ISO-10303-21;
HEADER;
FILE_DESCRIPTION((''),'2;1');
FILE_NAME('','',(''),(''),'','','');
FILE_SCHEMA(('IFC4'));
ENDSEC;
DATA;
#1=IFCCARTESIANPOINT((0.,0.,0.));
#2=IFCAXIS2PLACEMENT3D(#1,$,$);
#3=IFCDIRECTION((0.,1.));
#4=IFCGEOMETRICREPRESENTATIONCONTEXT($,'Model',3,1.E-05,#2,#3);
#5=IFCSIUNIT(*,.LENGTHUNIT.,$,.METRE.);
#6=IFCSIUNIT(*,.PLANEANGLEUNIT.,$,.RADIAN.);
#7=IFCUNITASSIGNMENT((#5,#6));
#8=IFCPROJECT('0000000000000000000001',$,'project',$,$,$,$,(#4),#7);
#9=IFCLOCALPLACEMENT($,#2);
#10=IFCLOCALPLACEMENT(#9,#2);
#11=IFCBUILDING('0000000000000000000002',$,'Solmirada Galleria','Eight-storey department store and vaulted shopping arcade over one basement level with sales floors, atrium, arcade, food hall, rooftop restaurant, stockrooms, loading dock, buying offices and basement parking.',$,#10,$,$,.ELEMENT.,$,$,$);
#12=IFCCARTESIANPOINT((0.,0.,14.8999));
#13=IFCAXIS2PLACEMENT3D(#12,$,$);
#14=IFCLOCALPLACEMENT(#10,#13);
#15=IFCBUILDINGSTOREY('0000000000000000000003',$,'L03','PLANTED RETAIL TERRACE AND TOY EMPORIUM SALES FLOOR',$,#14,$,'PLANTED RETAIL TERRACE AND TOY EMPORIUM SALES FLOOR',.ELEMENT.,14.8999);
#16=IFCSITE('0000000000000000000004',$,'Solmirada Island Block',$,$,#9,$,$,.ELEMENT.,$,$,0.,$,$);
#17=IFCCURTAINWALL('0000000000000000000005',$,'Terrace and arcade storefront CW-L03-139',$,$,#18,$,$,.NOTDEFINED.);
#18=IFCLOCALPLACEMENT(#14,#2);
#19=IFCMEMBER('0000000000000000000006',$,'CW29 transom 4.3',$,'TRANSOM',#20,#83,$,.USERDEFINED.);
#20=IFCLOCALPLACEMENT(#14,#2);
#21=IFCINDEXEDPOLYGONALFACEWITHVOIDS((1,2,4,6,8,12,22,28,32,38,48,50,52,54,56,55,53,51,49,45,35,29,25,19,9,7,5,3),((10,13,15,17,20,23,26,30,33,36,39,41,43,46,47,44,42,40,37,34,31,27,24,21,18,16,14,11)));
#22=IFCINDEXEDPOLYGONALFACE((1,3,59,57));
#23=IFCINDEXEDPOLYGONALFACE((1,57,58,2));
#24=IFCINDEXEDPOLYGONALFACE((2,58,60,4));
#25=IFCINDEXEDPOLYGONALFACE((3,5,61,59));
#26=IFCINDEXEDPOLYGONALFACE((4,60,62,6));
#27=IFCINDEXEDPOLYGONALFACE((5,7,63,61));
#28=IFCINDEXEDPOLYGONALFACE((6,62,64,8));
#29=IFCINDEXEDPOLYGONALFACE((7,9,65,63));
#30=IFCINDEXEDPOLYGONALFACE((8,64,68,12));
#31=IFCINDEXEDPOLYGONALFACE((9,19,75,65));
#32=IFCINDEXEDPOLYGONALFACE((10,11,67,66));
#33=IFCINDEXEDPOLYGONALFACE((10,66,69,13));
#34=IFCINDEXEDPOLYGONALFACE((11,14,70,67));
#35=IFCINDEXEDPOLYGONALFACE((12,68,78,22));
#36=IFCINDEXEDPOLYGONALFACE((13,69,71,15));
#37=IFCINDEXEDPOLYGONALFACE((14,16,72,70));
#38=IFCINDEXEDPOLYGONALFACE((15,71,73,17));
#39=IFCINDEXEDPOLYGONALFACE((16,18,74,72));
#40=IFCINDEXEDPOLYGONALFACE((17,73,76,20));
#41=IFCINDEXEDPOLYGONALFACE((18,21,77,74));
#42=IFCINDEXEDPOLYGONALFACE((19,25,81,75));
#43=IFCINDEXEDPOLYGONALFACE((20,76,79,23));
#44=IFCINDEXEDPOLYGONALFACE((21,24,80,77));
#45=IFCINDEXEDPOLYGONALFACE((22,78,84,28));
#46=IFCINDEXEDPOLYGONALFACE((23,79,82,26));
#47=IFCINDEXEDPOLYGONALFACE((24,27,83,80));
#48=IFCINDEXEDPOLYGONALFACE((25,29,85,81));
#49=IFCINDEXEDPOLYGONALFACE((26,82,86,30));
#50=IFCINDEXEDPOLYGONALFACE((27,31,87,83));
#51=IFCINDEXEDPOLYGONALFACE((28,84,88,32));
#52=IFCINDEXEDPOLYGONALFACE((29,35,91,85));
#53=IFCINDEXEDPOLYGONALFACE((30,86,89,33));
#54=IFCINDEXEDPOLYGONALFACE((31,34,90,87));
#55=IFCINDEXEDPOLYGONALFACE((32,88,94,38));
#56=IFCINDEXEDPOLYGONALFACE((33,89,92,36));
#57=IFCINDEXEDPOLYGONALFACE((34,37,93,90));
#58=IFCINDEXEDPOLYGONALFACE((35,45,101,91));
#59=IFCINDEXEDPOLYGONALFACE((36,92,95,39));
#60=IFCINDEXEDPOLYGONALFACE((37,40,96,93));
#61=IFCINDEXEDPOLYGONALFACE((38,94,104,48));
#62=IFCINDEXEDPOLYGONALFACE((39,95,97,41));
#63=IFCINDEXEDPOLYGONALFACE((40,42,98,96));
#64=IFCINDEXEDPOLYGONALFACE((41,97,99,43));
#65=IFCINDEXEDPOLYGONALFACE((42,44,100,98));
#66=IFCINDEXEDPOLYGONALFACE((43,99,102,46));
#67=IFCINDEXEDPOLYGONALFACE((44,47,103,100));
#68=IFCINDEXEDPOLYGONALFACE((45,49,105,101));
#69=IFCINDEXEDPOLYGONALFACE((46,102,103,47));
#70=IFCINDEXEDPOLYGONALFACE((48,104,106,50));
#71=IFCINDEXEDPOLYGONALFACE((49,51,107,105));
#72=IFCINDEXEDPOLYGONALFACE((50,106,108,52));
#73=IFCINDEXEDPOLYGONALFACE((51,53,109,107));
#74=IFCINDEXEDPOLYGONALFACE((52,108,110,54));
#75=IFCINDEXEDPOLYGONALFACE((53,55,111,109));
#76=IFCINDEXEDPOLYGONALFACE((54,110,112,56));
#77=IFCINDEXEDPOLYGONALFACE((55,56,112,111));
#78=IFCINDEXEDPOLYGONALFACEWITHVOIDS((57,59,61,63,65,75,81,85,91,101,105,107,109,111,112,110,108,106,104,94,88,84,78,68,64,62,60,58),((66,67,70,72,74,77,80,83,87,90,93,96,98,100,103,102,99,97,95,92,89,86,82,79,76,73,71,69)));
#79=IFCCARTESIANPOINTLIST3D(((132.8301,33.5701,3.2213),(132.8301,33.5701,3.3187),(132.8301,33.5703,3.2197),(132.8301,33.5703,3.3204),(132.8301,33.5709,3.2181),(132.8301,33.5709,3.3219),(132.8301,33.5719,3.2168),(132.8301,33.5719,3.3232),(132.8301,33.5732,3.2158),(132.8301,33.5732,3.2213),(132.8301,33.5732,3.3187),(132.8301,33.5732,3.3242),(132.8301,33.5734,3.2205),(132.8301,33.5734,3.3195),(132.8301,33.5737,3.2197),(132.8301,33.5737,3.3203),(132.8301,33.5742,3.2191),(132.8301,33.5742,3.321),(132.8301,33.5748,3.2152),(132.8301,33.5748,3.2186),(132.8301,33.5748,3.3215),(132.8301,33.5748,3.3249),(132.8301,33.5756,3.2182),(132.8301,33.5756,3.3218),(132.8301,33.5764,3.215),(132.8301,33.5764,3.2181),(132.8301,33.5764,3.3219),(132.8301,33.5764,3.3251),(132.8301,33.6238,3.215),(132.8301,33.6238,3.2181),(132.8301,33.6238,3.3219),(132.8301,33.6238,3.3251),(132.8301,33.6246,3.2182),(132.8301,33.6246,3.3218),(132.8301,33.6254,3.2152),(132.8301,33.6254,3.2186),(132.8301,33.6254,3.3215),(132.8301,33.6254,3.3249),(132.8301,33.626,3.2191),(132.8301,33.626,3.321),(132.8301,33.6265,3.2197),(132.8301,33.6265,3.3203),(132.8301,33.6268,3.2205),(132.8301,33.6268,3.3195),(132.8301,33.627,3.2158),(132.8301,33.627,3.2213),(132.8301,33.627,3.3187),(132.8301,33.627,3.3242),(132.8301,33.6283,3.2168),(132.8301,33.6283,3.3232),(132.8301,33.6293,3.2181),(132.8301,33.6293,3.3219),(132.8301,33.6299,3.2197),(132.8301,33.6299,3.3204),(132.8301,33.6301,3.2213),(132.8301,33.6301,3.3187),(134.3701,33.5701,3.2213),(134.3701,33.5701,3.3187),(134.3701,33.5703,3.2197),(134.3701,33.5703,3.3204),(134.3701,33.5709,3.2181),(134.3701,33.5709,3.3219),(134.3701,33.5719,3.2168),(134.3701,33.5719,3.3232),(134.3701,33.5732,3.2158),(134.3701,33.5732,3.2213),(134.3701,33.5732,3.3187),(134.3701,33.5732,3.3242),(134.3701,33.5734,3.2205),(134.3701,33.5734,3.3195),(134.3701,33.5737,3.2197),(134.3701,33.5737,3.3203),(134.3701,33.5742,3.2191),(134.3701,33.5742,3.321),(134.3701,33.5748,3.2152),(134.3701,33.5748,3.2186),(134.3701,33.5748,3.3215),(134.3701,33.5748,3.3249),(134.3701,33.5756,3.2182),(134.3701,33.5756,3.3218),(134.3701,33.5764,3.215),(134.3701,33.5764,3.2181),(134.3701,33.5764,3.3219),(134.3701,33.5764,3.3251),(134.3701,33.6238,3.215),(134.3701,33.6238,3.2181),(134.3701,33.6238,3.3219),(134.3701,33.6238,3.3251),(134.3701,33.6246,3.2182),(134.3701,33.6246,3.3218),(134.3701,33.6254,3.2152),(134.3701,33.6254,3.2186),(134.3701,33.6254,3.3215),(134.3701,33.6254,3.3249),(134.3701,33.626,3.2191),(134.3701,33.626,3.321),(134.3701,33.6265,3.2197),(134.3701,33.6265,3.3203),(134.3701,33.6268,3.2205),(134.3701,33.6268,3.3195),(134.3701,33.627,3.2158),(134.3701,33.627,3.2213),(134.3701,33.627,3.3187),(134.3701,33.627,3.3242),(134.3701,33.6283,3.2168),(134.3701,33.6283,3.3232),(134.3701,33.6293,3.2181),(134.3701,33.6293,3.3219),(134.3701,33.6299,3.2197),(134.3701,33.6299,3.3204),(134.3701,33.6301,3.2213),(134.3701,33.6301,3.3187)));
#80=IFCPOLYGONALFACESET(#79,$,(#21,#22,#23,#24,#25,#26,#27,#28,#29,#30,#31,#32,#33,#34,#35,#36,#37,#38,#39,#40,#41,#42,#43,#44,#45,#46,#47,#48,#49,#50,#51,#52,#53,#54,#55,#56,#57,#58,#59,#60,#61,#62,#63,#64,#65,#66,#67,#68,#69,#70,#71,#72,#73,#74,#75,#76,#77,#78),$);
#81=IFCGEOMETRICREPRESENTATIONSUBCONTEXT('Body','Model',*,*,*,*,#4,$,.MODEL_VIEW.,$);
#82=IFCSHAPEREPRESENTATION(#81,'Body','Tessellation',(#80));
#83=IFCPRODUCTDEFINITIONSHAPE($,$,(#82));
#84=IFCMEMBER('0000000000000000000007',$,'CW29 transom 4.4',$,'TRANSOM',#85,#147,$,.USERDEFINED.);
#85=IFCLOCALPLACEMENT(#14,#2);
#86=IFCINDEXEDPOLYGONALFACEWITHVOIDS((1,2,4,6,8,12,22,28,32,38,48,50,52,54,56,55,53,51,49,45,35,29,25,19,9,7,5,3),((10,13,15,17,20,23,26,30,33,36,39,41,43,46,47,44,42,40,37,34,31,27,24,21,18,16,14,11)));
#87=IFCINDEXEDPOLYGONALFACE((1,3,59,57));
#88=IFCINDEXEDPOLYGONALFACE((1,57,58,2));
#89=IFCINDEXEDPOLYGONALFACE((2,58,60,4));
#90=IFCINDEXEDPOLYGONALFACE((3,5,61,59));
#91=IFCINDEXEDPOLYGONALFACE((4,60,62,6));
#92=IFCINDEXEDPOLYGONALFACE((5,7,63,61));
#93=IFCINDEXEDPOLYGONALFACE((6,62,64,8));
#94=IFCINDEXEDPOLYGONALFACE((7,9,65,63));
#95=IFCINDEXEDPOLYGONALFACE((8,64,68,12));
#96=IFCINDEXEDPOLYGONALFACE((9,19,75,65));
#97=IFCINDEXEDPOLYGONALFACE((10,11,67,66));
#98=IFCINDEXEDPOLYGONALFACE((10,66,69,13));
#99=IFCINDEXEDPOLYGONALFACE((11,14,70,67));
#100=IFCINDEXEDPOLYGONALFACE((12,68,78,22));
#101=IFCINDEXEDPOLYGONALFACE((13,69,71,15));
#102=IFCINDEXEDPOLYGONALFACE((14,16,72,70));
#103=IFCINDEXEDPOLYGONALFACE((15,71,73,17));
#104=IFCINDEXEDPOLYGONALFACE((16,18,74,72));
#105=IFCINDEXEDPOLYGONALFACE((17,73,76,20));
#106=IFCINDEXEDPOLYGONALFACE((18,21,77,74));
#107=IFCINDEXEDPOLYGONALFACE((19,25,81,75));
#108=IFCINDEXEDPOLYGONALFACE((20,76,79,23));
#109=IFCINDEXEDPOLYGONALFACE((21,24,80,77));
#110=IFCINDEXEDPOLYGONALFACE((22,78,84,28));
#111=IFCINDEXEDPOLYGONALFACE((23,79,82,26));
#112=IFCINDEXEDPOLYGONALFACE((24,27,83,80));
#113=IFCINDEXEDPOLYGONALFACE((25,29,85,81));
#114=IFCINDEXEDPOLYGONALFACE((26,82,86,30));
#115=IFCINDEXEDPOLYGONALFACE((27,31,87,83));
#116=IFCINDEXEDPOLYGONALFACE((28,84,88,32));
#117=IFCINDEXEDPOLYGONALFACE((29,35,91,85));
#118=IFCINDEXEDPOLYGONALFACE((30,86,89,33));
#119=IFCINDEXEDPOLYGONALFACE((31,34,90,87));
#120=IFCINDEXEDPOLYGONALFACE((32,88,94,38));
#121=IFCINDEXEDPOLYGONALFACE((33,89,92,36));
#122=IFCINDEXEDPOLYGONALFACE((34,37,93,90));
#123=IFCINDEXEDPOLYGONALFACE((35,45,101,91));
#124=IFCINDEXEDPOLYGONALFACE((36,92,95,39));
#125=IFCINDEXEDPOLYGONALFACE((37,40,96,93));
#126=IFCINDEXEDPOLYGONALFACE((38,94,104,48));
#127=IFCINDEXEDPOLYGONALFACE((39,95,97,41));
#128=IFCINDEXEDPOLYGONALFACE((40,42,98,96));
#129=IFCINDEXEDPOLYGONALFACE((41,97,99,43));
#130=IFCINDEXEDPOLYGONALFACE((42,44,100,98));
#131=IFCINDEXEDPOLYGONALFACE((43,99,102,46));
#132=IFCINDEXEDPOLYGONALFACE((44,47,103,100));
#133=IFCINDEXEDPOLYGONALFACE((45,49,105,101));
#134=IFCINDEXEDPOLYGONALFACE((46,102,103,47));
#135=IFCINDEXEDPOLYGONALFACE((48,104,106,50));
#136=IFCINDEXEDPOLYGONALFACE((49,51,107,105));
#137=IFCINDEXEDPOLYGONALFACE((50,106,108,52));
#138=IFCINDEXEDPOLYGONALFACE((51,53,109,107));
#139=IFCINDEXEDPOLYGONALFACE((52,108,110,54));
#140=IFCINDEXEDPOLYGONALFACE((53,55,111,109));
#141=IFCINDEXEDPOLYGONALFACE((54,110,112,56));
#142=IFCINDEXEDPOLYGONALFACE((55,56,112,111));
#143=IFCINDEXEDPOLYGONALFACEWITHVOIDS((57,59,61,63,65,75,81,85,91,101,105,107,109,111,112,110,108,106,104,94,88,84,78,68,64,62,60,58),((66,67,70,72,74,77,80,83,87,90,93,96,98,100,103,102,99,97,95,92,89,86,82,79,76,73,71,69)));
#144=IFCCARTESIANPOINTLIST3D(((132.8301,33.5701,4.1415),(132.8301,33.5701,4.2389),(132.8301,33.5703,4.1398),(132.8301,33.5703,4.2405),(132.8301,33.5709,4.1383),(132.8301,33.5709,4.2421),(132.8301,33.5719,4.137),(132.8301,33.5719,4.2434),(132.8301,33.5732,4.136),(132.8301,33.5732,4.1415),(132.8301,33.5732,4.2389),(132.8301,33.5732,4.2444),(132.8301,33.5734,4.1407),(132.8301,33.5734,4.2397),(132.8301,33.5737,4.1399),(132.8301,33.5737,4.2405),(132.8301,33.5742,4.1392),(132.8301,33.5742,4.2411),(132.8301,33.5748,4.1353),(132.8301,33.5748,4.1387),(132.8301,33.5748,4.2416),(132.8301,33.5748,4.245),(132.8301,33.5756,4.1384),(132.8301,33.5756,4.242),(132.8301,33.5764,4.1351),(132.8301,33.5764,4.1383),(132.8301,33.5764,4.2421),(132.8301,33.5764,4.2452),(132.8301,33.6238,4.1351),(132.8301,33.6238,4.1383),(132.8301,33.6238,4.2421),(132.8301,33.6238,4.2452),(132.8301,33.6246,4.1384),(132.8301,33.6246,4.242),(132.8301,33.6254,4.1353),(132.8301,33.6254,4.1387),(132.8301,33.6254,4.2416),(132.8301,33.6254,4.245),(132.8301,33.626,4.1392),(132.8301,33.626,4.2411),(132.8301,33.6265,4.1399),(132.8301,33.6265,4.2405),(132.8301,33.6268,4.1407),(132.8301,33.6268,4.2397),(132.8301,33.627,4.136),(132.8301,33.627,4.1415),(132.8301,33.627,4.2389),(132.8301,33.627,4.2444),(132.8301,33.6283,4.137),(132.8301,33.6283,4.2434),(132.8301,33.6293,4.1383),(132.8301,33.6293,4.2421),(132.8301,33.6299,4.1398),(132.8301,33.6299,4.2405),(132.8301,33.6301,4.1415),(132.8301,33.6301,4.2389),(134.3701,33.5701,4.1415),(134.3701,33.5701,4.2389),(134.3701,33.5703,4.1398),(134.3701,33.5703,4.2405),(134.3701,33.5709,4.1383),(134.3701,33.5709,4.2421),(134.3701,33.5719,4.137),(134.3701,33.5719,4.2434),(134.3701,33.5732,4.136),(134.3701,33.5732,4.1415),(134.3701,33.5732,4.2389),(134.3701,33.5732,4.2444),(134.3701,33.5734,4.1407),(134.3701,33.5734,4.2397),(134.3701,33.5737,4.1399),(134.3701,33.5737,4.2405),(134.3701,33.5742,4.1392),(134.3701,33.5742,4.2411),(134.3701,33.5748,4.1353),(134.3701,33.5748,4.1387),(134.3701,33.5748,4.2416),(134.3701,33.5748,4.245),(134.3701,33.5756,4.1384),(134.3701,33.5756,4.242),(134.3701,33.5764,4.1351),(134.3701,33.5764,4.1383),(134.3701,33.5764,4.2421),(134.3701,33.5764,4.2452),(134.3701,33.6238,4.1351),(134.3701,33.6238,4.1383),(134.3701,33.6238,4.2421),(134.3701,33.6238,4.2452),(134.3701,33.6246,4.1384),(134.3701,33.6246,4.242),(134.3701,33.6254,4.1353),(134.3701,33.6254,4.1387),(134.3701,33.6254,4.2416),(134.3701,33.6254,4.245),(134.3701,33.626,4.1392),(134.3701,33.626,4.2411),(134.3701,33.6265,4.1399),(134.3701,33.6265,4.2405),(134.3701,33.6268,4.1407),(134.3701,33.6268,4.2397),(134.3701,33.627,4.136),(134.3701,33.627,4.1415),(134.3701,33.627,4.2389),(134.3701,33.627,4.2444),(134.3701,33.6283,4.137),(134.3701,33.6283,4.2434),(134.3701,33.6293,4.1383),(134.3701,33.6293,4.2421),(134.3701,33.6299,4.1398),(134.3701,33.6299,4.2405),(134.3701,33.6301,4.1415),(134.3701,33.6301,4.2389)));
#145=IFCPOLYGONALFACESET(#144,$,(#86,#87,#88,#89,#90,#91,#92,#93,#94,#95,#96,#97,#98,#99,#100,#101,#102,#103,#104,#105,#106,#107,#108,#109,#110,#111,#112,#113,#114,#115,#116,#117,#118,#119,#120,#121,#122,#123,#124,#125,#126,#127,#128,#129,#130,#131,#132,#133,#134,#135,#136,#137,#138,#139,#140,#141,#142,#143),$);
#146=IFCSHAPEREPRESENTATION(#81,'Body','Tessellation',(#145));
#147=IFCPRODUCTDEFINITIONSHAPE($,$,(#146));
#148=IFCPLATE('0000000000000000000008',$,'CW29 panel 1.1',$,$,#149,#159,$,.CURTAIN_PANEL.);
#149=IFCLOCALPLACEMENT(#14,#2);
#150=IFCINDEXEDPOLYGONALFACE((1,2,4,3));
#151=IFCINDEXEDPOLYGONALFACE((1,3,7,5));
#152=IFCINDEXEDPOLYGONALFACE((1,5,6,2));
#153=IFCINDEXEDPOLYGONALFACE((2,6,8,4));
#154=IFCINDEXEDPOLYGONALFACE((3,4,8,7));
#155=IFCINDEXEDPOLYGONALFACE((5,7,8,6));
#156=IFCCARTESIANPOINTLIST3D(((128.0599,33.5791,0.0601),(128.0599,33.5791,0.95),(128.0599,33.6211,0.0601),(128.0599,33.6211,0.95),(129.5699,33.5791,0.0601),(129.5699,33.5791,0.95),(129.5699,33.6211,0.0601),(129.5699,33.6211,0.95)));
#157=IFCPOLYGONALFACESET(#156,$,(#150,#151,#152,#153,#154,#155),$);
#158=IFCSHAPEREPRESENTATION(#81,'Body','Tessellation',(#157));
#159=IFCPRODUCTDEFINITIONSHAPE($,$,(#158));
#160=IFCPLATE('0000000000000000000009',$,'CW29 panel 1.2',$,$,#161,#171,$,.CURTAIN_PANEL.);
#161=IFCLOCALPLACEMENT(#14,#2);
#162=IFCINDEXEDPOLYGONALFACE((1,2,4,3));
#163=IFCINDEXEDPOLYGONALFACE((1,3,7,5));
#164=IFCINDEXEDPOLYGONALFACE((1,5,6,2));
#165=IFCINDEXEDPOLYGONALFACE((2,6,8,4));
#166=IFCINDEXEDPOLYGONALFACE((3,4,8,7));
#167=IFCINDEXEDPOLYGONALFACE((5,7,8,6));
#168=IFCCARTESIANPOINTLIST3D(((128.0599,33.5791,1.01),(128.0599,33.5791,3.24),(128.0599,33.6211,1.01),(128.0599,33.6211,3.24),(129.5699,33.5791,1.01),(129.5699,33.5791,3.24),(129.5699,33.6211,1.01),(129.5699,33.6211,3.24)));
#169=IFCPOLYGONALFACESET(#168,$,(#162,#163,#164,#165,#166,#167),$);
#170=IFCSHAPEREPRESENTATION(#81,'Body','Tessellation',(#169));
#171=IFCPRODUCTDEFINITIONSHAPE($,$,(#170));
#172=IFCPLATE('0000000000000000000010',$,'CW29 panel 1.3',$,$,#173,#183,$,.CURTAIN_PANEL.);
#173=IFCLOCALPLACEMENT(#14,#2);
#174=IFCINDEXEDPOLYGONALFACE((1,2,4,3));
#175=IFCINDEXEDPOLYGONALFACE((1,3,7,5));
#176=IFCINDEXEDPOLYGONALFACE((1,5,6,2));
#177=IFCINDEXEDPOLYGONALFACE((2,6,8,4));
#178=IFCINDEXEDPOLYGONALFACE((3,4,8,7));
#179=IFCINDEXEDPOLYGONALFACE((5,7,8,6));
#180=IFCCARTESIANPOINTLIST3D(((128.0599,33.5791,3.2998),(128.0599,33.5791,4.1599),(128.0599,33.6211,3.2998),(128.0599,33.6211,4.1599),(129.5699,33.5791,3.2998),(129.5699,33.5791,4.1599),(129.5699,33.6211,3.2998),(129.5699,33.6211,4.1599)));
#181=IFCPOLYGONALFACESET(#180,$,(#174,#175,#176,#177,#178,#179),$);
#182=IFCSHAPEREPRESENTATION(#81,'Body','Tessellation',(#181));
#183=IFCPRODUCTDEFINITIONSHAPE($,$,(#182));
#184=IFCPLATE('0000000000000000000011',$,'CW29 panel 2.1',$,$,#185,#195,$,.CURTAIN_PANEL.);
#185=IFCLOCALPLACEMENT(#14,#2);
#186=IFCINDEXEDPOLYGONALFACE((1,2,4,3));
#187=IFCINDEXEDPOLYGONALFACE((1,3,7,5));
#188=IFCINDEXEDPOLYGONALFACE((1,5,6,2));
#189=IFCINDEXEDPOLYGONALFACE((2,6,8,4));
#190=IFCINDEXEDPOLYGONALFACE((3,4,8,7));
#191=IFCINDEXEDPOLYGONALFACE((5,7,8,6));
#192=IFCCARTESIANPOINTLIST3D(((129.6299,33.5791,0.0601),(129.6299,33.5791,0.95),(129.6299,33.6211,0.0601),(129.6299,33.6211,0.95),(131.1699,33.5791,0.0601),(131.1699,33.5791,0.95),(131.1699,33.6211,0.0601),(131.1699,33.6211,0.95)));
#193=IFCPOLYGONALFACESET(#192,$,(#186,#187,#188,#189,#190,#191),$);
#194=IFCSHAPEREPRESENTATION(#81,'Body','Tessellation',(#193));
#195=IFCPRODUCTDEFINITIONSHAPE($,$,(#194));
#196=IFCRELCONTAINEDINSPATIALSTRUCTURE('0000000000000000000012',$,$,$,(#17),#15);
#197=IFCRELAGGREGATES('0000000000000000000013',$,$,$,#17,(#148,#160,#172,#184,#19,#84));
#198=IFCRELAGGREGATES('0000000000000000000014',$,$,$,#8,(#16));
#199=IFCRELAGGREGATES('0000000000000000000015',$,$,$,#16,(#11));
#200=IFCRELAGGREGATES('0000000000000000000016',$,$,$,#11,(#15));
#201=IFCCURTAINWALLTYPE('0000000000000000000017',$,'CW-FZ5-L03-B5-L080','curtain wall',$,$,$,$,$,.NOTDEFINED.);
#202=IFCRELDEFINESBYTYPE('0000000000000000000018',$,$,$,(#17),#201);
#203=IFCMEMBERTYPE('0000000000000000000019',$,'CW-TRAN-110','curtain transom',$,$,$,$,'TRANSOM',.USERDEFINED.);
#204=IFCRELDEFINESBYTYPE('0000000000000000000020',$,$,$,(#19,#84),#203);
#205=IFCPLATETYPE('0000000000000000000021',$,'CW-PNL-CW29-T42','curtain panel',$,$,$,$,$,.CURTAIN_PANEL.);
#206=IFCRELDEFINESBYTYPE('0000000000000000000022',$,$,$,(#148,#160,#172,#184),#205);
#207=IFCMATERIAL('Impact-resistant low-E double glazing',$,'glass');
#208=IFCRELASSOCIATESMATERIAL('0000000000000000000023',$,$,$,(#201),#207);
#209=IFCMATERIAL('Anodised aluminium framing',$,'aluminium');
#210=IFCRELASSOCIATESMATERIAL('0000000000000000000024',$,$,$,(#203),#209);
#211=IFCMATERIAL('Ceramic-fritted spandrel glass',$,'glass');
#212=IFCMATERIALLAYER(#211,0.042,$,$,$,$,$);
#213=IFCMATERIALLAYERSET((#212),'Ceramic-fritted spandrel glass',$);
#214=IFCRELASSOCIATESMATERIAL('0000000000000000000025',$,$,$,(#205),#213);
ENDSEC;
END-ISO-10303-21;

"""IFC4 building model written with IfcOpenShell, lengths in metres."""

from ifc_helpers import new_model, si_unit, direction, frame, origin, origin_2d, place, context, subcontext, project, spatial, rectangle, hollow_rectangle, extrude, material, layer, layer_set, material_profile, profile_set, type_object, element, aggregate, save


model = new_model("IFC4")

# Units and contexts
model_context = context("Model", 3, precision=1e-05, world=origin(), true_north=direction((0.0, 1.0)))
body_context = subcontext(model_context, "Body", "Model", "MODEL_VIEW")
ifc_project = project(units=[si_unit("LENGTHUNIT", "METRE"), si_unit("PLANEANGLEUNIT", "RADIAN")], contexts=[model_context])

# Site, building, storey
site_placement = place(None, origin())
site = spatial("IfcSite", under=ifc_project, at=site_placement, Name="Solmirada Island Block", CompositionType="ELEMENT", RefElevation=0.0)
building_placement = place(site_placement, origin())
building = spatial("IfcBuilding", under=site, at=building_placement, Name="Solmirada Galleria", Description="Eight-storey department store and vaulted shopping arcade over one basement level with sales floors, atrium, arcade, food hall, rooftop restaurant, stockrooms, loading dock, buying offices and basement parking.", CompositionType="ELEMENT")
storey_placement = place(building_placement, frame((0.0, 0.0, 14.8999)))
storey = spatial("IfcBuildingStorey", under=building, at=storey_placement, Name="L03", Description="PLANTED RETAIL TERRACE AND TOY EMPORIUM SALES FLOOR", LongName="PLANTED RETAIL TERRACE AND TOY EMPORIUM SALES FLOOR", CompositionType="ELEMENT", Elevation=14.8999)

# Curtain wall, members, plates
ifc_material_1 = material(Name="Impact-resistant low-E double glazing", Category="glass")
curtain_wall_type = type_object("IfcCurtainWallType", Name="CW-FZ5-L03-B5-L080", Description="curtain wall", PredefinedType="NOTDEFINED", material=ifc_material_1)
curtain_wall_placement = place(storey_placement, origin())
curtain_wall = element("IfcCurtainWall", 1, at=curtain_wall_placement, inside=storey, type_object=curtain_wall_type, Name="Terrace and arcade storefront CW-L03-139", PredefinedType="NOTDEFINED")
ifc_material_2 = material(Name="Anodised aluminium framing", Category="aluminium")
ifc_material_profile_1 = material_profile(ifc_material_2, hollow_rectangle(XDim=0.0601, YDim=0.1101, WallThickness=0.0032, InnerFilletRadius=0.0032, OuterFilletRadius=0.0063, at=origin_2d()), Name="ALU-TRAN-110X60")
ifc_profile_set_1 = profile_set([ifc_material_profile_1], Name="Anodised aluminium framing")
member_type_1 = type_object("IfcMemberType", Name="CW-TRAN-110", Description="curtain transom", ElementType="TRANSOM", PredefinedType="USERDEFINED", material=ifc_profile_set_1)
member_1_placement = place(storey_placement, frame((132.8301, 33.6001, 3.27), z_axis=(1.0, 0.0, 0.0), x_axis=(0.0, 1.0, 0.0)))
member_1 = element("IfcMember", 2, at=member_1_placement, type_object=member_type_1, Name="CW29 transom 4.3", ObjectType="TRANSOM", PredefinedType="USERDEFINED", context=body_context, shape_type="SweptSolid", body=[
    extrude(hollow_rectangle(XDim=0.0601, YDim=0.1101, WallThickness=0.0032, InnerFilletRadius=0.0032, OuterFilletRadius=0.0063, at=origin_2d()), origin(), (0.0, 0.0, 1.0), 1.54),
])
member_2_placement = place(storey_placement, frame((132.8301, 33.6001, 4.1902), z_axis=(1.0, 0.0, 0.0), x_axis=(0.0, 1.0, 0.0)))
member_2 = element("IfcMember", 3, at=member_2_placement, type_object=member_type_1, Name="CW29 transom 4.4", ObjectType="TRANSOM", PredefinedType="USERDEFINED", context=body_context, shape_type="SweptSolid", body=[
    extrude(hollow_rectangle(XDim=0.0601, YDim=0.1101, WallThickness=0.0032, InnerFilletRadius=0.0032, OuterFilletRadius=0.0063, at=origin_2d()), origin(), (0.0, 0.0, 1.0), 1.54),
])
ifc_material_3 = material(Name="Ceramic-fritted spandrel glass", Category="glass")
ifc_layer = layer(ifc_material_3, 0.042)
ifc_layer_set = layer_set([ifc_layer], Name="Ceramic-fritted spandrel glass")
plate_type = type_object("IfcPlateType", Name="CW-PNL-CW29-T42", Description="curtain panel", PredefinedType="CURTAIN_PANEL", material=ifc_layer_set)
plate_1_placement = place(storey_placement, frame((128.8149, 33.6001, 0.0601), z_axis=(0.0, 0.0, 1.0), x_axis=(1.0, 0.0, 0.0)))
plate_1 = element("IfcPlate", 4, at=plate_1_placement, type_object=plate_type, Name="CW29 panel 1.1", PredefinedType="CURTAIN_PANEL", context=body_context, shape_type="SweptSolid", body=[
    extrude(rectangle(XDim=1.51, YDim=0.042, at=origin_2d()), origin(), (0.0, 0.0, 1.0), 0.8899),
])
plate_2_placement = place(storey_placement, frame((128.8149, 33.6001, 1.01), z_axis=(0.0, 0.0, 1.0), x_axis=(1.0, 0.0, 0.0)))
plate_2 = element("IfcPlate", 5, at=plate_2_placement, type_object=plate_type, Name="CW29 panel 1.2", PredefinedType="CURTAIN_PANEL", context=body_context, shape_type="SweptSolid", body=[
    extrude(rectangle(XDim=1.51, YDim=0.042, at=origin_2d()), origin(), (0.0, 0.0, 1.0), 2.23),
])
plate_3_placement = place(storey_placement, frame((128.8149, 33.6001, 3.2998), z_axis=(0.0, 0.0, 1.0), x_axis=(1.0, 0.0, 0.0)))
plate_3 = element("IfcPlate", 6, at=plate_3_placement, type_object=plate_type, Name="CW29 panel 1.3", PredefinedType="CURTAIN_PANEL", context=body_context, shape_type="SweptSolid", body=[
    extrude(rectangle(XDim=1.51, YDim=0.042, at=origin_2d()), origin(), (0.0, 0.0, 1.0), 0.8601),
])
plate_4_placement = place(storey_placement, frame((130.3999, 33.6001, 0.0601), z_axis=(0.0, 0.0, 1.0), x_axis=(1.0, 0.0, 0.0)))
plate_4 = element("IfcPlate", 7, at=plate_4_placement, type_object=plate_type, Name="CW29 panel 2.1", PredefinedType="CURTAIN_PANEL", context=body_context, shape_type="SweptSolid", body=[
    extrude(rectangle(XDim=1.54, YDim=0.042, at=origin_2d()), origin(), (0.0, 0.0, 1.0), 0.8899),
])
aggregate(curtain_wall, [plate_1, plate_2, plate_3, plate_4, member_1, member_2])

save(model, "model.ifc")
